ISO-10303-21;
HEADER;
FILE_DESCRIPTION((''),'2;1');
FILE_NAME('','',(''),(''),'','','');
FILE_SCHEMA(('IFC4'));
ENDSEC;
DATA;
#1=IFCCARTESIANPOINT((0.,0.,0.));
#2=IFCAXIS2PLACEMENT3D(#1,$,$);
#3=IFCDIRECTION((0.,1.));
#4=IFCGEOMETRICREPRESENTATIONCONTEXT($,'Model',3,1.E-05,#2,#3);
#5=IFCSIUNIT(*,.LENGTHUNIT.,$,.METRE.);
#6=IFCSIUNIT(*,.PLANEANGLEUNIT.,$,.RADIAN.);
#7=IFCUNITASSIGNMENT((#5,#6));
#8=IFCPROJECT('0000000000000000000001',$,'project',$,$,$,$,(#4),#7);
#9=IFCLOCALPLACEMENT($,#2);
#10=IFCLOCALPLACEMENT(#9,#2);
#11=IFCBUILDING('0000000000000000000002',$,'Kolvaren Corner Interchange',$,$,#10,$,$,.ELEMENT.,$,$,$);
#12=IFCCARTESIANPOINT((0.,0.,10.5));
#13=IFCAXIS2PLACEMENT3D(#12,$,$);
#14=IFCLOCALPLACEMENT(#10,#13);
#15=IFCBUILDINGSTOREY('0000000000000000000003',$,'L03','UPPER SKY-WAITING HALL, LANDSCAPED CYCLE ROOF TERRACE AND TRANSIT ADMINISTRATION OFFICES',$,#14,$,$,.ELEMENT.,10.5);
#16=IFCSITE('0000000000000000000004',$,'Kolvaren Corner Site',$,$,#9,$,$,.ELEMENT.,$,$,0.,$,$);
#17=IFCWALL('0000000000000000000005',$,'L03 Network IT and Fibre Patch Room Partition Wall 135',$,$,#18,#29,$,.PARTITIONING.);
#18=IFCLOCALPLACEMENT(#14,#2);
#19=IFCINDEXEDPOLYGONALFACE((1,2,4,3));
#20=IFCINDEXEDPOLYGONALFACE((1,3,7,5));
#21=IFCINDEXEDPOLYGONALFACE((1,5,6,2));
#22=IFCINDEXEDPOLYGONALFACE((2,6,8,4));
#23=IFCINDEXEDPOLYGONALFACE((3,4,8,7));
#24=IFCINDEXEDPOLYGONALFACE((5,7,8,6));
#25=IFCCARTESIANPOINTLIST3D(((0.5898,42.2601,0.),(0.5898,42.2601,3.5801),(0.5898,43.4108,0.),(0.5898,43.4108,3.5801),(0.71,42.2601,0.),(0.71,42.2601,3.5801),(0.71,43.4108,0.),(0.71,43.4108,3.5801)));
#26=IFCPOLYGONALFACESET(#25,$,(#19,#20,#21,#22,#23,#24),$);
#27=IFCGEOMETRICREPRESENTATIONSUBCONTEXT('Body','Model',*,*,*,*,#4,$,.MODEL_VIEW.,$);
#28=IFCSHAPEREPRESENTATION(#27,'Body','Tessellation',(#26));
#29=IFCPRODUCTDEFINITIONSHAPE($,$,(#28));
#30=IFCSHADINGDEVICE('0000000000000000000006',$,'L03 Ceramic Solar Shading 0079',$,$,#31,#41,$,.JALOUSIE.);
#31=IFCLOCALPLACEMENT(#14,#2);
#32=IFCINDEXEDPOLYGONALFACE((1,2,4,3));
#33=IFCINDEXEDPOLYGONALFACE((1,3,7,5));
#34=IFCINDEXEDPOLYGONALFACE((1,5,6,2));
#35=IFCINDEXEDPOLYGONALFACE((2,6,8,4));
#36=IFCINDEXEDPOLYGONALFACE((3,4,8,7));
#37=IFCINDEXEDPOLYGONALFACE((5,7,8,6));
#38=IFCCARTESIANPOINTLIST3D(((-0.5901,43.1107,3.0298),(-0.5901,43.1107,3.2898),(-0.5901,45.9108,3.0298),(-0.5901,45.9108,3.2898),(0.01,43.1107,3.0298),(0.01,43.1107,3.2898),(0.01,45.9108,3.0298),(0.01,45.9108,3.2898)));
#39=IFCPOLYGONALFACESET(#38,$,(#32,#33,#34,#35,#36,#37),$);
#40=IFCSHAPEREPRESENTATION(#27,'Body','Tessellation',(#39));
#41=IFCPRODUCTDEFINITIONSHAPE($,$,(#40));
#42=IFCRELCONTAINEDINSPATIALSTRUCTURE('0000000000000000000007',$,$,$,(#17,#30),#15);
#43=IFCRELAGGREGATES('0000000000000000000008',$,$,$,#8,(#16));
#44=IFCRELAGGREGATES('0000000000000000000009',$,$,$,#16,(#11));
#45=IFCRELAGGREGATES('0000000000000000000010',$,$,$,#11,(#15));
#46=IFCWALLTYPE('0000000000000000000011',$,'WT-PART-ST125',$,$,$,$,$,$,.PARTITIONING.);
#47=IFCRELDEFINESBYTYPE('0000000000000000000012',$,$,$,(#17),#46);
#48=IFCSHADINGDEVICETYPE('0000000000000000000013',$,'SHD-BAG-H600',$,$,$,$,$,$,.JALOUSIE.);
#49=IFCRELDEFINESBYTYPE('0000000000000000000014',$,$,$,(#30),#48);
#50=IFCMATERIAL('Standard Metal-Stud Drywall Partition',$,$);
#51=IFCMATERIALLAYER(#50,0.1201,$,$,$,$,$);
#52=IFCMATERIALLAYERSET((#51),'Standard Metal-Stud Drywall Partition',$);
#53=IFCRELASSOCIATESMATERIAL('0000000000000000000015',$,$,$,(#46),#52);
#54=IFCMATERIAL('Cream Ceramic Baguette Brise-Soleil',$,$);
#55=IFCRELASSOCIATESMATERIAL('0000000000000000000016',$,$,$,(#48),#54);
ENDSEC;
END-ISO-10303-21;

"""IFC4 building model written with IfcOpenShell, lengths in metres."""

from ifc_helpers import new_model, si_unit, direction, frame, frame_2d, origin, origin_2d, place, context, subcontext, project, spatial, rectangle, extrude, material, layer, layer_set, type_object, element, save


model = new_model("IFC4")

# Units and contexts
model_context = context("Model", 3, precision=1e-05, world=origin(), true_north=direction((0.0, 1.0)))
body_context = subcontext(model_context, "Body", "Model", "MODEL_VIEW")
ifc_project = project(units=[si_unit("LENGTHUNIT", "METRE"), si_unit("PLANEANGLEUNIT", "RADIAN")], contexts=[model_context])

# Site, building, storey
site_placement = place(None, origin())
site = spatial("IfcSite", under=ifc_project, at=site_placement, Name="Kolvaren Corner Site", CompositionType="ELEMENT", RefElevation=0.0)
building_placement = place(site_placement, origin())
building = spatial("IfcBuilding", under=site, at=building_placement, Name="Kolvaren Corner Interchange", CompositionType="ELEMENT")
storey_placement = place(building_placement, frame((0.0, 0.0, 10.5)))
storey = spatial("IfcBuildingStorey", under=building, at=storey_placement, Name="L03", Description="UPPER SKY-WAITING HALL, LANDSCAPED CYCLE ROOF TERRACE AND TRANSIT ADMINISTRATION OFFICES", CompositionType="ELEMENT", Elevation=10.5)

# Wall
ifc_material_1 = material(Name="Standard Metal-Stud Drywall Partition")
ifc_layer = layer(ifc_material_1, 0.1201)
ifc_layer_set = layer_set([ifc_layer], Name="Standard Metal-Stud Drywall Partition")
wall_type = type_object("IfcWallType", Name="WT-PART-ST125", PredefinedType="PARTITIONING", material=ifc_layer_set)
wall_1_placement = place(storey_placement, frame((0.6499, 43.4106, 0.0), z_axis=(0.0, 0.0, 1.0), x_axis=(0.0, -1.0, 0.0)))
element("IfcWall", 1, at=wall_1_placement, inside=storey, type_object=wall_type, Name="L03 Network IT and Fibre Patch Room Partition Wall 135", PredefinedType="PARTITIONING", context=body_context, shape_type="SweptSolid", body=[
    extrude(rectangle(XDim=1.1506, YDim=0.1201, at=frame_2d((0.5752, 0.0))), origin(), (0.0, 0.0, 1.0), 3.5801),
])

# Shading device
ifc_material_2 = material(Name="Cream Ceramic Baguette Brise-Soleil")
shading_device_type = type_object("IfcShadingDeviceType", Name="SHD-BAG-H600", PredefinedType="JALOUSIE", material=ifc_material_2)
shading_device_placement = place(storey_placement, frame((-0.29, 44.5107, 3.0298), z_axis=(0.0, 0.0, 1.0), x_axis=(0.0, -1.0, 0.0)))
element("IfcShadingDevice", 2, at=shading_device_placement, inside=storey, type_object=shading_device_type, Name="L03 Ceramic Solar Shading 0079", PredefinedType="JALOUSIE", context=body_context, shape_type="SweptSolid", body=[
    extrude(rectangle(XDim=2.8, YDim=0.6001, at=origin_2d()), origin(), (0.0, 0.0, 1.0), 0.26),
])

save(model, "model.ifc")
